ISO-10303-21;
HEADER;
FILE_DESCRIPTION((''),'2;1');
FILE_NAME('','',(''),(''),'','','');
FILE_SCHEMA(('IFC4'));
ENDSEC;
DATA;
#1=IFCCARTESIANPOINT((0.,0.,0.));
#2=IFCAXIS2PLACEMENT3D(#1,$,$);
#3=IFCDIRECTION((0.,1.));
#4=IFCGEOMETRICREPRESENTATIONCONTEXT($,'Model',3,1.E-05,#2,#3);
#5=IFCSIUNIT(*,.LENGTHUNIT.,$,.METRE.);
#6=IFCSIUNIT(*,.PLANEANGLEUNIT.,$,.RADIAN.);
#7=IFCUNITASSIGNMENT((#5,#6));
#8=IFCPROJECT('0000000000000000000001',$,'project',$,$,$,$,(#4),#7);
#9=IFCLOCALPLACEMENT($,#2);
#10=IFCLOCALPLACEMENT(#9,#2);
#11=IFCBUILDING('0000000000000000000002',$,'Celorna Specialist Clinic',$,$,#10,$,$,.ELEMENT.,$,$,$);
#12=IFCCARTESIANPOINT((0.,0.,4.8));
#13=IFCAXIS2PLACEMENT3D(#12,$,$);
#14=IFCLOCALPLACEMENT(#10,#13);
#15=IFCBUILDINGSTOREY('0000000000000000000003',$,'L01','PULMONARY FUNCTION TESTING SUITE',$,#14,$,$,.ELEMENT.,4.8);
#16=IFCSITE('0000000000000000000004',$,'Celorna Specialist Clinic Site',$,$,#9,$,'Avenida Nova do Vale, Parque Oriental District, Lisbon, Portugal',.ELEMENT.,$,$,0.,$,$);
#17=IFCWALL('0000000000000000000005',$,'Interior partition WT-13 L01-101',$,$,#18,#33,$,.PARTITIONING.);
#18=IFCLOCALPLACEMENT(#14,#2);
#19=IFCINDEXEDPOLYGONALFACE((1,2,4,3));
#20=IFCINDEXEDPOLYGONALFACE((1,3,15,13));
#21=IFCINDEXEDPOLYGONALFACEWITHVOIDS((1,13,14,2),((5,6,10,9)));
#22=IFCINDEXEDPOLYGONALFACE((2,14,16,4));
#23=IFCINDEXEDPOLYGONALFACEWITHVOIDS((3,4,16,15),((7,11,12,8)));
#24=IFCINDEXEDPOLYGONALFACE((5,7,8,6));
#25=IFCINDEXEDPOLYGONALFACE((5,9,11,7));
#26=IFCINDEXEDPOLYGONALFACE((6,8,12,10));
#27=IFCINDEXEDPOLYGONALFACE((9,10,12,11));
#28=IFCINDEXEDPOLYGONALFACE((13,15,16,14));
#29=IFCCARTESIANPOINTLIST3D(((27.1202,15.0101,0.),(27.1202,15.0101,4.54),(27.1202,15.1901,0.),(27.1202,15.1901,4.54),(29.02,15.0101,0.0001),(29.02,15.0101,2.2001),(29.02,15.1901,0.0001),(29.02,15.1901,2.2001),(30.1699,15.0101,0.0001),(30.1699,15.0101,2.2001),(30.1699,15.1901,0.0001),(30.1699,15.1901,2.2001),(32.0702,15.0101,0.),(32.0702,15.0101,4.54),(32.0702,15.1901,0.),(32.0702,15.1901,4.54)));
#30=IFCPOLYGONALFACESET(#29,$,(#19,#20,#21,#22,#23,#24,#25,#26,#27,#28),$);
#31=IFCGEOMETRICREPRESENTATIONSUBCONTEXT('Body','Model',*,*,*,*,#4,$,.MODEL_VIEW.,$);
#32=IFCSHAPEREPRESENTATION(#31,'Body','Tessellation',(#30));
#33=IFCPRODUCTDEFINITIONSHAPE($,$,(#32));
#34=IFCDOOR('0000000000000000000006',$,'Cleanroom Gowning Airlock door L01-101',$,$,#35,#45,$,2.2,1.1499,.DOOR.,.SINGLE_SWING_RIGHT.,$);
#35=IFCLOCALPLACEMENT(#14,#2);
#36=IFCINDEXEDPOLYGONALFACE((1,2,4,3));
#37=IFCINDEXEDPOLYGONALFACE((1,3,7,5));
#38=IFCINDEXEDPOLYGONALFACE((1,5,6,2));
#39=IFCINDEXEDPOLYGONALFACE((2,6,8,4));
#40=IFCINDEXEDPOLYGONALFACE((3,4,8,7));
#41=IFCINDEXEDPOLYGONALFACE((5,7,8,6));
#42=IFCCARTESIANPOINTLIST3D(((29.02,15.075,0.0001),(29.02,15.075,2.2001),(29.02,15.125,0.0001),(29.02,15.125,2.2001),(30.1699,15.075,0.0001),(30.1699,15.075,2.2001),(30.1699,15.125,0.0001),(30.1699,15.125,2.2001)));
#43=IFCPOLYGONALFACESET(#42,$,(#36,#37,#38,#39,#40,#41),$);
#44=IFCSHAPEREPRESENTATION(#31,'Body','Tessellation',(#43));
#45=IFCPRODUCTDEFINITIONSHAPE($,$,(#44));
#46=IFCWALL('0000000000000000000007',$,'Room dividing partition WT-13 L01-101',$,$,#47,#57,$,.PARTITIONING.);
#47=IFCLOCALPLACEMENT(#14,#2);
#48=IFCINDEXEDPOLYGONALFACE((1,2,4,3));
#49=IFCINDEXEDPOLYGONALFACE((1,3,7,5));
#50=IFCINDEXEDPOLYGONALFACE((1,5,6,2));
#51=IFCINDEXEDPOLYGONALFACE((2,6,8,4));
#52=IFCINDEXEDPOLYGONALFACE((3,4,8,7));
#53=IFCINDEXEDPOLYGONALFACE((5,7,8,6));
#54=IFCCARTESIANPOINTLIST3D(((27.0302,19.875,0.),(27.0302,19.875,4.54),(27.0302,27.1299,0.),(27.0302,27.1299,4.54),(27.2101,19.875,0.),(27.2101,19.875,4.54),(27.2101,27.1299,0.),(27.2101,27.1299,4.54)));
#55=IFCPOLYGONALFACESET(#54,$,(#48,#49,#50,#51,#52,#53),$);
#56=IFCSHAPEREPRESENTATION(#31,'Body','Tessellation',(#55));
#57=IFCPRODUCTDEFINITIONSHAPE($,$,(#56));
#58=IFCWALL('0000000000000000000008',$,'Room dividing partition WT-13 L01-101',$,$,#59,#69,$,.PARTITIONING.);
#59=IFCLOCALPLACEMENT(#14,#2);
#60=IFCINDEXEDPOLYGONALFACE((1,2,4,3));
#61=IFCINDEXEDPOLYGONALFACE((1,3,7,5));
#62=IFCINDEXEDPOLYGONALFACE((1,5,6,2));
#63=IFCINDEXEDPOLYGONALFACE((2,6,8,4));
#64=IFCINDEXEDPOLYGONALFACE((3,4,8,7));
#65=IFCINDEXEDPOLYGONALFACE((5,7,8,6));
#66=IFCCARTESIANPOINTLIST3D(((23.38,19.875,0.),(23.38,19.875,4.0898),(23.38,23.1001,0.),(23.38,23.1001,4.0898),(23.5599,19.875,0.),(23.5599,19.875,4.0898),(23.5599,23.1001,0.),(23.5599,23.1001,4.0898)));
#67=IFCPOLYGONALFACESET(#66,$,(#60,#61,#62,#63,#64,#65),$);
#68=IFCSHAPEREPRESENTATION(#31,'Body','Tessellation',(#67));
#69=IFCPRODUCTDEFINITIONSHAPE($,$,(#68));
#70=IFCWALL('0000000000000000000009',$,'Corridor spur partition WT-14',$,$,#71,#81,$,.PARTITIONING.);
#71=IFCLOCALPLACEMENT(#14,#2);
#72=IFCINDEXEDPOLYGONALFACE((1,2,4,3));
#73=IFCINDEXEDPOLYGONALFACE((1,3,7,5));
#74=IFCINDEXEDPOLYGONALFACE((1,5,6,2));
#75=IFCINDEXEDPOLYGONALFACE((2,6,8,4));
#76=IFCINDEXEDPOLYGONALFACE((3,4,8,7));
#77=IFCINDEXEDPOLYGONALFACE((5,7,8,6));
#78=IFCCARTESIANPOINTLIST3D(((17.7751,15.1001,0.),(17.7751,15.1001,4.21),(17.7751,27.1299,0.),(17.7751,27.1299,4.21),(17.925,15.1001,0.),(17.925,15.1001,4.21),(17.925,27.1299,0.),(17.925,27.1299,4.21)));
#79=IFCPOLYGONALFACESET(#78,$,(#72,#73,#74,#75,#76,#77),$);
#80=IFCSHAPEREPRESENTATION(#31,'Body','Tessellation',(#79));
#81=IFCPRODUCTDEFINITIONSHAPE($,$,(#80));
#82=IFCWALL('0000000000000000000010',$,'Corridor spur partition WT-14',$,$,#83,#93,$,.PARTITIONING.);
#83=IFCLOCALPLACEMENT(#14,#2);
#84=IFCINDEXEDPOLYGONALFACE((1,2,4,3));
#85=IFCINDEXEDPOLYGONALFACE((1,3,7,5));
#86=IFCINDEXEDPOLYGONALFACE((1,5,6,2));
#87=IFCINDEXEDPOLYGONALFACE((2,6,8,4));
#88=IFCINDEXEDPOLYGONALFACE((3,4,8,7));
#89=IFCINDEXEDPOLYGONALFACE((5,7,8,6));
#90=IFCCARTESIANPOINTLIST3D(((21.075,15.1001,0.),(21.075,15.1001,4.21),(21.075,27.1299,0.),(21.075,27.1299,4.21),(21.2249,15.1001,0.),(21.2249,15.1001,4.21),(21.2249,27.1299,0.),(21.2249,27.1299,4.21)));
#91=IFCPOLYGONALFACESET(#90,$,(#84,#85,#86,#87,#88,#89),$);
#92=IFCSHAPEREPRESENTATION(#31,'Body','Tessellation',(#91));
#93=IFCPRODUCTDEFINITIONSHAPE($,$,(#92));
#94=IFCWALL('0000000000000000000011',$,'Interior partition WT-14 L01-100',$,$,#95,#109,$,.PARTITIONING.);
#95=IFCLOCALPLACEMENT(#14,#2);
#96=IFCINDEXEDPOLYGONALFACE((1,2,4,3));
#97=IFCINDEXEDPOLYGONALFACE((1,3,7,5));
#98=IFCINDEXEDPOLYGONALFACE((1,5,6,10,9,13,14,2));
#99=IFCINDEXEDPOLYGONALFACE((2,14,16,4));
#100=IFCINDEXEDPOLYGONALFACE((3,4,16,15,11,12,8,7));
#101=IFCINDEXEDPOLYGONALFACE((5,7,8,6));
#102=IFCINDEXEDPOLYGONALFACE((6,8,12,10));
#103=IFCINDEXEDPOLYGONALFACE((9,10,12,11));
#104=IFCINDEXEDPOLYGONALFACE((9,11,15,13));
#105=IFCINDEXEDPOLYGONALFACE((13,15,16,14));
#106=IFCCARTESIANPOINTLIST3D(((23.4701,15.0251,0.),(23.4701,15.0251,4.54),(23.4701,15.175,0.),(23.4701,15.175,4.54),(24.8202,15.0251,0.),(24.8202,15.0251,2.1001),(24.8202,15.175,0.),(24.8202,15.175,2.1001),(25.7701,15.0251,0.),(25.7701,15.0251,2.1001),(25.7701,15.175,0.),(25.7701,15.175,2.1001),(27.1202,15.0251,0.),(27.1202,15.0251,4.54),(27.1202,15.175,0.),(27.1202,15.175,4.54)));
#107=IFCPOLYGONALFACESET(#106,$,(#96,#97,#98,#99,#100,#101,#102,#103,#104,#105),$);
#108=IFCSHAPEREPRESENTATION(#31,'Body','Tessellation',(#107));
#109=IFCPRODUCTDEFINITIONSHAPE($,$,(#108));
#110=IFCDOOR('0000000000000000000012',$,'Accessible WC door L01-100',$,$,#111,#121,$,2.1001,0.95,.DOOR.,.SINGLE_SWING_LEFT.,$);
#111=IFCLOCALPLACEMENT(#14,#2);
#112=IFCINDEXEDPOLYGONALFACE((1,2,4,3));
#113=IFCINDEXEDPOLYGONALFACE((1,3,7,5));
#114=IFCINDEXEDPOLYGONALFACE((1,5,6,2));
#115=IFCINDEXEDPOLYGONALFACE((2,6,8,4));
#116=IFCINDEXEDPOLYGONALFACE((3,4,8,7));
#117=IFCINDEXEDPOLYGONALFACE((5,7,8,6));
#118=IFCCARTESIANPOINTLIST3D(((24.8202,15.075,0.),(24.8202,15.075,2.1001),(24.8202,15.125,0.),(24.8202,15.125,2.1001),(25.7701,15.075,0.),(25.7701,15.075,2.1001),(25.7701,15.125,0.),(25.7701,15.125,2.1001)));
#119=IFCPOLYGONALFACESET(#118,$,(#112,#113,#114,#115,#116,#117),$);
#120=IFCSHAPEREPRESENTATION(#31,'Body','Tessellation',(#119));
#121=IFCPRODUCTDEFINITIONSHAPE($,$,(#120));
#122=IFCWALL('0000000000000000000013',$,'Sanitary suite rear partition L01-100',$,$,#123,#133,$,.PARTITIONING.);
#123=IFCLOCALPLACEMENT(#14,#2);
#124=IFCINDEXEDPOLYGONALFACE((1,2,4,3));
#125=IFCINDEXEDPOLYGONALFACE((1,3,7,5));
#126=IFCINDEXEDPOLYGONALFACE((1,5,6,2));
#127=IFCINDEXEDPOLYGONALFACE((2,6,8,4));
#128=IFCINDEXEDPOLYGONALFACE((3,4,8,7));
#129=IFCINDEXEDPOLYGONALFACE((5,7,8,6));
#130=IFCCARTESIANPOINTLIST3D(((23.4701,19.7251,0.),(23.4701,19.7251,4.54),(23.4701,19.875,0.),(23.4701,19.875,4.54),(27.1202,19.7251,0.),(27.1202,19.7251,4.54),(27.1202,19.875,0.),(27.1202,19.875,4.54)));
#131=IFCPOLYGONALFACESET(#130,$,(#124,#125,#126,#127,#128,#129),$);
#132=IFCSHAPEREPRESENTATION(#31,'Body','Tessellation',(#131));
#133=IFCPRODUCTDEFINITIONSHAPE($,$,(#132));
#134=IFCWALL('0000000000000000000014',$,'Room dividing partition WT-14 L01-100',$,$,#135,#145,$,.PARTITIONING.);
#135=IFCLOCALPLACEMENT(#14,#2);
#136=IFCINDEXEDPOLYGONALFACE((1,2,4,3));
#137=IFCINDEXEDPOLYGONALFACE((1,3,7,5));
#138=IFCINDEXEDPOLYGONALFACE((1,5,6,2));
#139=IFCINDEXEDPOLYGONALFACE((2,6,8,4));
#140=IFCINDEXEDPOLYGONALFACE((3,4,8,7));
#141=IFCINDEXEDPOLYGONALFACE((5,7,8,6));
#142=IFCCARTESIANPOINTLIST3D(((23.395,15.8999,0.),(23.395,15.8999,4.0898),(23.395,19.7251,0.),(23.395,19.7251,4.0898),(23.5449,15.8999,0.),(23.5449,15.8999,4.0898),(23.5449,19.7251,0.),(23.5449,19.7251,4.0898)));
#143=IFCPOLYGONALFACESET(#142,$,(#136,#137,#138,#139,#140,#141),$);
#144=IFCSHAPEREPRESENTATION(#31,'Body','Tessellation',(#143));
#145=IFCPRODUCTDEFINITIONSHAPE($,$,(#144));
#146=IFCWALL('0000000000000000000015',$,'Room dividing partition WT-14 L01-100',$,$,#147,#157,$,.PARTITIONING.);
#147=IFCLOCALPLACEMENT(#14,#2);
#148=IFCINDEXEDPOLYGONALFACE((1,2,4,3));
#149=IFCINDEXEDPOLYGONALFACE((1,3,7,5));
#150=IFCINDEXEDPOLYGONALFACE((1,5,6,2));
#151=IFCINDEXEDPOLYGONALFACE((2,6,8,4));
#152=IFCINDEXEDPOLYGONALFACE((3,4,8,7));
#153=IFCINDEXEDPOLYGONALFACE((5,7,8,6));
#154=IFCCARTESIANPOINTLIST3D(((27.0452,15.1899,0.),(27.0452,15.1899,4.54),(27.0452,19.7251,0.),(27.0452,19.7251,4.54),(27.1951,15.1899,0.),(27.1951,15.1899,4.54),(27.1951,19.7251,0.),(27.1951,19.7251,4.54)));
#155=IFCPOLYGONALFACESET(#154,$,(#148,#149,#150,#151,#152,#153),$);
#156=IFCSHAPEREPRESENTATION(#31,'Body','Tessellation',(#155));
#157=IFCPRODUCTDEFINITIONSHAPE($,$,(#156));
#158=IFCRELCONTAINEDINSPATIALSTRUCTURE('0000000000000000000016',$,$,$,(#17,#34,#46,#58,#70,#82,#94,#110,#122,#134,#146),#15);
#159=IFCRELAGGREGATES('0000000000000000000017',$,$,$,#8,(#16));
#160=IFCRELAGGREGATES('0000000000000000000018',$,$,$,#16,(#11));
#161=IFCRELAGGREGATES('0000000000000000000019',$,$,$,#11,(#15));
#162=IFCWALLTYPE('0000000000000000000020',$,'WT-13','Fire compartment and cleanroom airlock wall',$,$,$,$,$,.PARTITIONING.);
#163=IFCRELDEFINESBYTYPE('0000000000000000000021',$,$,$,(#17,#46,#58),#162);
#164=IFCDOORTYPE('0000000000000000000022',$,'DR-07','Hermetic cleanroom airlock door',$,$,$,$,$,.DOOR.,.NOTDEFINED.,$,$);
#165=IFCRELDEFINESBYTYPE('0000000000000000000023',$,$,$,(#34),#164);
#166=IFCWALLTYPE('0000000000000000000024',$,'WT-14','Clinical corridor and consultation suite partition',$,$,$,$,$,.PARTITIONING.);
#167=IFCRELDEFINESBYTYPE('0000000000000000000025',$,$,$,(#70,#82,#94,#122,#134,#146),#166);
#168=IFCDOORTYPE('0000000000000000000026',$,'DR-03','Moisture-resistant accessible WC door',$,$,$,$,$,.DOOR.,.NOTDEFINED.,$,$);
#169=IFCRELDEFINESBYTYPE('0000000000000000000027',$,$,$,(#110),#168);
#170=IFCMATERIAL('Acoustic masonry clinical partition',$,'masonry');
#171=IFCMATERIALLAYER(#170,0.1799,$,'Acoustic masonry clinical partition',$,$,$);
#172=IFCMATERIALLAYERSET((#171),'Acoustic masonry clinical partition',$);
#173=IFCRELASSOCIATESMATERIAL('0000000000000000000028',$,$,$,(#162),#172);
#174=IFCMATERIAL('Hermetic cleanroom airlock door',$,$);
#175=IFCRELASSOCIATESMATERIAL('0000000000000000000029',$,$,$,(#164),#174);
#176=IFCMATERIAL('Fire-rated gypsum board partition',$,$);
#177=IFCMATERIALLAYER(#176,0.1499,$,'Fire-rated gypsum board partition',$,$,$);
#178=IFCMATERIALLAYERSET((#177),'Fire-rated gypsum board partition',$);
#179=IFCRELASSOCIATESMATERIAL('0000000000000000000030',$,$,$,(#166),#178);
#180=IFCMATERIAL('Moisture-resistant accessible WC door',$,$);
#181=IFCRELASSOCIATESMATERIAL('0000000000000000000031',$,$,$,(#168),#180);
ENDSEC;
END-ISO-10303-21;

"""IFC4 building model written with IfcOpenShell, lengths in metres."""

from ifc_helpers import new_model, si_unit, direction, frame, frame_2d, origin, place, context, subcontext, project, spatial, rectangle, extrude, material, layer, layer_set, type_object, element, fill, save


model = new_model("IFC4")

# Units and contexts
model_context = context("Model", 3, precision=1e-05, world=origin(), true_north=direction((0.0, 1.0)))
body_context = subcontext(model_context, "Body", "Model", "MODEL_VIEW")
ifc_project = project(units=[si_unit("LENGTHUNIT", "METRE"), si_unit("PLANEANGLEUNIT", "RADIAN")], contexts=[model_context])

# Site, building, storey
site_placement = place(None, origin())
site = spatial("IfcSite", under=ifc_project, at=site_placement, Name="Celorna Specialist Clinic Site", LongName="Avenida Nova do Vale, Parque Oriental District, Lisbon, Portugal", CompositionType="ELEMENT", RefElevation=0.0)
building_placement = place(site_placement, origin())
building = spatial("IfcBuilding", under=site, at=building_placement, Name="Celorna Specialist Clinic", CompositionType="ELEMENT")
storey_placement = place(building_placement, frame((0.0, 0.0, 4.8)))
storey = spatial("IfcBuildingStorey", under=building, at=storey_placement, Name="L01", Description="PULMONARY FUNCTION TESTING SUITE", CompositionType="ELEMENT", Elevation=4.8)

# Wall, opening, door
ifc_material_1 = material(Name="Acoustic masonry clinical partition", Category="masonry")
ifc_layer_1 = layer(ifc_material_1, 0.1799, Name="Acoustic masonry clinical partition")
ifc_layer_set_1 = layer_set([ifc_layer_1], Name="Acoustic masonry clinical partition")
wall_type_1 = type_object("IfcWallType", Name="WT-13", Description="Fire compartment and cleanroom airlock wall", PredefinedType="PARTITIONING", material=ifc_layer_set_1)
wall_1_placement = place(storey_placement, frame((27.1201, 15.1001, 0.0), z_axis=(0.0, 0.0, 1.0), x_axis=(1.0, 0.0, 0.0)))
wall_1 = element("IfcWall", 1, at=wall_1_placement, inside=storey, type_object=wall_type_1, Name="Interior partition WT-13 L01-101", PredefinedType="PARTITIONING", context=body_context, shape_type="SweptSolid", body=[
    extrude(rectangle(XDim=4.95, YDim=0.1799, at=frame_2d((2.4751, 0.0))), origin(), (0.0, 0.0, 1.0), 4.54),
])
opening_1_placement = place(wall_1_placement, frame((1.8999, 0.0, 0.0)))
opening_1 = element("IfcOpeningElement", 2, at=opening_1_placement, cuts=wall_1, PredefinedType="OPENING", context=body_context, shape_type="SweptSolid", body=[
    extrude(rectangle(XDim=1.1499, YDim=2.2, at=frame_2d((0.575, 1.1001))), frame((0.0, 0.0999, 0.0), z_axis=(0.0, -1.0, 0.0), x_axis=(1.0, 0.0, 0.0)), (0.0, 0.0, 1.0), 0.2),
])
ifc_material_2 = material(Name="Hermetic cleanroom airlock door")
door_type_1 = type_object("IfcDoorType", Name="DR-07", Description="Hermetic cleanroom airlock door", OperationType="NOTDEFINED", PredefinedType="DOOR", material=ifc_material_2)
door_1_placement = place(opening_1_placement, origin())
door_1 = element("IfcDoor", 3, at=door_1_placement, inside=storey, type_object=door_type_1, Name="Cleanroom Gowning Airlock door L01-101", OperationType="SINGLE_SWING_RIGHT", OverallHeight=2.2, OverallWidth=1.1499, PredefinedType="DOOR", context=body_context, shape_type="SweptSolid", body=[
    extrude(rectangle(XDim=1.1499, YDim=2.2, at=frame_2d((0.575, 1.1001))), frame((0.0, 0.0249, 0.0), z_axis=(0.0, -1.0, 0.0), x_axis=(1.0, 0.0, 0.0)), (0.0, 0.0, 1.0), 0.05),
])
fill(opening_1, door_1)

# Walls
wall_2_placement = place(storey_placement, frame((27.1201, 19.875, 0.0), z_axis=(0.0, 0.0, 1.0), x_axis=(0.0, 1.0, 0.0)))
element("IfcWall", 4, at=wall_2_placement, inside=storey, type_object=wall_type_1, Name="Room dividing partition WT-13 L01-101", PredefinedType="PARTITIONING", context=body_context, shape_type="SweptSolid", body=[
    extrude(rectangle(XDim=7.2549, YDim=0.1799, at=frame_2d((3.6274, 0.0))), origin(), (0.0, 0.0, 1.0), 4.54),
])
wall_3_placement = place(storey_placement, frame((23.47, 19.875, 0.0), z_axis=(0.0, 0.0, 1.0), x_axis=(0.0, 1.0, 0.0)))
element("IfcWall", 5, at=wall_3_placement, inside=storey, type_object=wall_type_1, Name="Room dividing partition WT-13 L01-101", PredefinedType="PARTITIONING", context=body_context, shape_type="SweptSolid", body=[
    extrude(rectangle(XDim=3.2251, YDim=0.1799, at=frame_2d((1.6125, 0.0))), origin(), (0.0, 0.0, 1.0), 4.0898),
])
ifc_material_3 = material(Name="Fire-rated gypsum board partition")
ifc_layer_2 = layer(ifc_material_3, 0.1499, Name="Fire-rated gypsum board partition")
ifc_layer_set_2 = layer_set([ifc_layer_2], Name="Fire-rated gypsum board partition")
wall_type_2 = type_object("IfcWallType", Name="WT-14", Description="Clinical corridor and consultation suite partition", PredefinedType="PARTITIONING", material=ifc_layer_set_2)
for number, where, z_axis, x_axis, name in (
    (6, (17.8501, 15.1001, 0.0), (0.0, 0.0, 1.0), (0.0, 1.0, 0.0), "Corridor spur partition WT-14"),
    (7, (21.1499, 15.1001, 0.0), (0.0, 0.0, 1.0), (0.0, 1.0, 0.0), "Corridor spur partition WT-14"),
):
    element("IfcWall", number, at=place(storey_placement, frame(where, z_axis=z_axis, x_axis=x_axis)), inside=storey, type_object=wall_type_2, Name=name, PredefinedType="PARTITIONING", context=body_context, shape_type="SweptSolid", body=[
        extrude(rectangle(XDim=12.0298, YDim=0.1499, at=frame_2d((6.0149, 0.0))), origin(), (0.0, 0.0, 1.0), 4.21),
    ])

# Wall, opening, door
wall_4_placement = place(storey_placement, frame((23.47, 15.1001, 0.0), z_axis=(0.0, 0.0, 1.0), x_axis=(1.0, 0.0, 0.0)))
wall_4 = element("IfcWall", 8, at=wall_4_placement, inside=storey, type_object=wall_type_2, Name="Interior partition WT-14 L01-100", PredefinedType="PARTITIONING", context=body_context, shape_type="SweptSolid", body=[
    extrude(rectangle(XDim=3.6501, YDim=0.1499, at=frame_2d((1.8252, 0.0))), origin(), (0.0, 0.0, 1.0), 4.54),
])
opening_2_placement = place(wall_4_placement, frame((1.3501, 0.0, 0.0)))
opening_2 = element("IfcOpeningElement", 9, at=opening_2_placement, cuts=wall_4, PredefinedType="OPENING", context=body_context, shape_type="SweptSolid", body=[
    extrude(rectangle(XDim=0.95, YDim=2.1001, at=frame_2d((0.4751, 1.05))), frame((0.0, 0.085, 0.0), z_axis=(0.0, -1.0, 0.0), x_axis=(1.0, 0.0, 0.0)), (0.0, 0.0, 1.0), 0.1699),
])
ifc_material_4 = material(Name="Moisture-resistant accessible WC door")
door_type_2 = type_object("IfcDoorType", Name="DR-03", Description="Moisture-resistant accessible WC door", OperationType="NOTDEFINED", PredefinedType="DOOR", material=ifc_material_4)
door_2_placement = place(opening_2_placement, origin())
door_2 = element("IfcDoor", 10, at=door_2_placement, inside=storey, type_object=door_type_2, Name="Accessible WC door L01-100", OperationType="SINGLE_SWING_LEFT", OverallHeight=2.1001, OverallWidth=0.95, PredefinedType="DOOR", context=body_context, shape_type="SweptSolid", body=[
    extrude(rectangle(XDim=0.95, YDim=2.1001, at=frame_2d((0.4751, 1.05))), frame((0.0, 0.0249, 0.0), z_axis=(0.0, -1.0, 0.0), x_axis=(1.0, 0.0, 0.0)), (0.0, 0.0, 1.0), 0.05),
])
fill(opening_2, door_2)

# Walls
wall_5_placement = place(storey_placement, frame((23.47, 19.8, 0.0), z_axis=(0.0, 0.0, 1.0), x_axis=(1.0, 0.0, 0.0)))
element("IfcWall", 11, at=wall_5_placement, inside=storey, type_object=wall_type_2, Name="Sanitary suite rear partition L01-100", PredefinedType="PARTITIONING", context=body_context, shape_type="SweptSolid", body=[
    extrude(rectangle(XDim=3.6501, YDim=0.1499, at=frame_2d((1.8252, 0.0))), origin(), (0.0, 0.0, 1.0), 4.54),
])
wall_6_placement = place(storey_placement, frame((23.47, 15.8999, 0.0), z_axis=(0.0, 0.0, 1.0), x_axis=(0.0, 1.0, 0.0)))
element("IfcWall", 12, at=wall_6_placement, inside=storey, type_object=wall_type_2, Name="Room dividing partition WT-14 L01-100", PredefinedType="PARTITIONING", context=body_context, shape_type="SweptSolid", body=[
    extrude(rectangle(XDim=3.8252, YDim=0.1499, at=frame_2d((1.9126, 0.0))), origin(), (0.0, 0.0, 1.0), 4.0898),
])
wall_7_placement = place(storey_placement, frame((27.1201, 15.1899, 0.0), z_axis=(0.0, 0.0, 1.0), x_axis=(0.0, 1.0, 0.0)))
element("IfcWall", 13, at=wall_7_placement, inside=storey, type_object=wall_type_2, Name="Room dividing partition WT-14 L01-100", PredefinedType="PARTITIONING", context=body_context, shape_type="SweptSolid", body=[
    extrude(rectangle(XDim=4.5352, YDim=0.1499, at=frame_2d((2.2676, 0.0))), origin(), (0.0, 0.0, 1.0), 4.54),
])

save(model, "model.ifc")
